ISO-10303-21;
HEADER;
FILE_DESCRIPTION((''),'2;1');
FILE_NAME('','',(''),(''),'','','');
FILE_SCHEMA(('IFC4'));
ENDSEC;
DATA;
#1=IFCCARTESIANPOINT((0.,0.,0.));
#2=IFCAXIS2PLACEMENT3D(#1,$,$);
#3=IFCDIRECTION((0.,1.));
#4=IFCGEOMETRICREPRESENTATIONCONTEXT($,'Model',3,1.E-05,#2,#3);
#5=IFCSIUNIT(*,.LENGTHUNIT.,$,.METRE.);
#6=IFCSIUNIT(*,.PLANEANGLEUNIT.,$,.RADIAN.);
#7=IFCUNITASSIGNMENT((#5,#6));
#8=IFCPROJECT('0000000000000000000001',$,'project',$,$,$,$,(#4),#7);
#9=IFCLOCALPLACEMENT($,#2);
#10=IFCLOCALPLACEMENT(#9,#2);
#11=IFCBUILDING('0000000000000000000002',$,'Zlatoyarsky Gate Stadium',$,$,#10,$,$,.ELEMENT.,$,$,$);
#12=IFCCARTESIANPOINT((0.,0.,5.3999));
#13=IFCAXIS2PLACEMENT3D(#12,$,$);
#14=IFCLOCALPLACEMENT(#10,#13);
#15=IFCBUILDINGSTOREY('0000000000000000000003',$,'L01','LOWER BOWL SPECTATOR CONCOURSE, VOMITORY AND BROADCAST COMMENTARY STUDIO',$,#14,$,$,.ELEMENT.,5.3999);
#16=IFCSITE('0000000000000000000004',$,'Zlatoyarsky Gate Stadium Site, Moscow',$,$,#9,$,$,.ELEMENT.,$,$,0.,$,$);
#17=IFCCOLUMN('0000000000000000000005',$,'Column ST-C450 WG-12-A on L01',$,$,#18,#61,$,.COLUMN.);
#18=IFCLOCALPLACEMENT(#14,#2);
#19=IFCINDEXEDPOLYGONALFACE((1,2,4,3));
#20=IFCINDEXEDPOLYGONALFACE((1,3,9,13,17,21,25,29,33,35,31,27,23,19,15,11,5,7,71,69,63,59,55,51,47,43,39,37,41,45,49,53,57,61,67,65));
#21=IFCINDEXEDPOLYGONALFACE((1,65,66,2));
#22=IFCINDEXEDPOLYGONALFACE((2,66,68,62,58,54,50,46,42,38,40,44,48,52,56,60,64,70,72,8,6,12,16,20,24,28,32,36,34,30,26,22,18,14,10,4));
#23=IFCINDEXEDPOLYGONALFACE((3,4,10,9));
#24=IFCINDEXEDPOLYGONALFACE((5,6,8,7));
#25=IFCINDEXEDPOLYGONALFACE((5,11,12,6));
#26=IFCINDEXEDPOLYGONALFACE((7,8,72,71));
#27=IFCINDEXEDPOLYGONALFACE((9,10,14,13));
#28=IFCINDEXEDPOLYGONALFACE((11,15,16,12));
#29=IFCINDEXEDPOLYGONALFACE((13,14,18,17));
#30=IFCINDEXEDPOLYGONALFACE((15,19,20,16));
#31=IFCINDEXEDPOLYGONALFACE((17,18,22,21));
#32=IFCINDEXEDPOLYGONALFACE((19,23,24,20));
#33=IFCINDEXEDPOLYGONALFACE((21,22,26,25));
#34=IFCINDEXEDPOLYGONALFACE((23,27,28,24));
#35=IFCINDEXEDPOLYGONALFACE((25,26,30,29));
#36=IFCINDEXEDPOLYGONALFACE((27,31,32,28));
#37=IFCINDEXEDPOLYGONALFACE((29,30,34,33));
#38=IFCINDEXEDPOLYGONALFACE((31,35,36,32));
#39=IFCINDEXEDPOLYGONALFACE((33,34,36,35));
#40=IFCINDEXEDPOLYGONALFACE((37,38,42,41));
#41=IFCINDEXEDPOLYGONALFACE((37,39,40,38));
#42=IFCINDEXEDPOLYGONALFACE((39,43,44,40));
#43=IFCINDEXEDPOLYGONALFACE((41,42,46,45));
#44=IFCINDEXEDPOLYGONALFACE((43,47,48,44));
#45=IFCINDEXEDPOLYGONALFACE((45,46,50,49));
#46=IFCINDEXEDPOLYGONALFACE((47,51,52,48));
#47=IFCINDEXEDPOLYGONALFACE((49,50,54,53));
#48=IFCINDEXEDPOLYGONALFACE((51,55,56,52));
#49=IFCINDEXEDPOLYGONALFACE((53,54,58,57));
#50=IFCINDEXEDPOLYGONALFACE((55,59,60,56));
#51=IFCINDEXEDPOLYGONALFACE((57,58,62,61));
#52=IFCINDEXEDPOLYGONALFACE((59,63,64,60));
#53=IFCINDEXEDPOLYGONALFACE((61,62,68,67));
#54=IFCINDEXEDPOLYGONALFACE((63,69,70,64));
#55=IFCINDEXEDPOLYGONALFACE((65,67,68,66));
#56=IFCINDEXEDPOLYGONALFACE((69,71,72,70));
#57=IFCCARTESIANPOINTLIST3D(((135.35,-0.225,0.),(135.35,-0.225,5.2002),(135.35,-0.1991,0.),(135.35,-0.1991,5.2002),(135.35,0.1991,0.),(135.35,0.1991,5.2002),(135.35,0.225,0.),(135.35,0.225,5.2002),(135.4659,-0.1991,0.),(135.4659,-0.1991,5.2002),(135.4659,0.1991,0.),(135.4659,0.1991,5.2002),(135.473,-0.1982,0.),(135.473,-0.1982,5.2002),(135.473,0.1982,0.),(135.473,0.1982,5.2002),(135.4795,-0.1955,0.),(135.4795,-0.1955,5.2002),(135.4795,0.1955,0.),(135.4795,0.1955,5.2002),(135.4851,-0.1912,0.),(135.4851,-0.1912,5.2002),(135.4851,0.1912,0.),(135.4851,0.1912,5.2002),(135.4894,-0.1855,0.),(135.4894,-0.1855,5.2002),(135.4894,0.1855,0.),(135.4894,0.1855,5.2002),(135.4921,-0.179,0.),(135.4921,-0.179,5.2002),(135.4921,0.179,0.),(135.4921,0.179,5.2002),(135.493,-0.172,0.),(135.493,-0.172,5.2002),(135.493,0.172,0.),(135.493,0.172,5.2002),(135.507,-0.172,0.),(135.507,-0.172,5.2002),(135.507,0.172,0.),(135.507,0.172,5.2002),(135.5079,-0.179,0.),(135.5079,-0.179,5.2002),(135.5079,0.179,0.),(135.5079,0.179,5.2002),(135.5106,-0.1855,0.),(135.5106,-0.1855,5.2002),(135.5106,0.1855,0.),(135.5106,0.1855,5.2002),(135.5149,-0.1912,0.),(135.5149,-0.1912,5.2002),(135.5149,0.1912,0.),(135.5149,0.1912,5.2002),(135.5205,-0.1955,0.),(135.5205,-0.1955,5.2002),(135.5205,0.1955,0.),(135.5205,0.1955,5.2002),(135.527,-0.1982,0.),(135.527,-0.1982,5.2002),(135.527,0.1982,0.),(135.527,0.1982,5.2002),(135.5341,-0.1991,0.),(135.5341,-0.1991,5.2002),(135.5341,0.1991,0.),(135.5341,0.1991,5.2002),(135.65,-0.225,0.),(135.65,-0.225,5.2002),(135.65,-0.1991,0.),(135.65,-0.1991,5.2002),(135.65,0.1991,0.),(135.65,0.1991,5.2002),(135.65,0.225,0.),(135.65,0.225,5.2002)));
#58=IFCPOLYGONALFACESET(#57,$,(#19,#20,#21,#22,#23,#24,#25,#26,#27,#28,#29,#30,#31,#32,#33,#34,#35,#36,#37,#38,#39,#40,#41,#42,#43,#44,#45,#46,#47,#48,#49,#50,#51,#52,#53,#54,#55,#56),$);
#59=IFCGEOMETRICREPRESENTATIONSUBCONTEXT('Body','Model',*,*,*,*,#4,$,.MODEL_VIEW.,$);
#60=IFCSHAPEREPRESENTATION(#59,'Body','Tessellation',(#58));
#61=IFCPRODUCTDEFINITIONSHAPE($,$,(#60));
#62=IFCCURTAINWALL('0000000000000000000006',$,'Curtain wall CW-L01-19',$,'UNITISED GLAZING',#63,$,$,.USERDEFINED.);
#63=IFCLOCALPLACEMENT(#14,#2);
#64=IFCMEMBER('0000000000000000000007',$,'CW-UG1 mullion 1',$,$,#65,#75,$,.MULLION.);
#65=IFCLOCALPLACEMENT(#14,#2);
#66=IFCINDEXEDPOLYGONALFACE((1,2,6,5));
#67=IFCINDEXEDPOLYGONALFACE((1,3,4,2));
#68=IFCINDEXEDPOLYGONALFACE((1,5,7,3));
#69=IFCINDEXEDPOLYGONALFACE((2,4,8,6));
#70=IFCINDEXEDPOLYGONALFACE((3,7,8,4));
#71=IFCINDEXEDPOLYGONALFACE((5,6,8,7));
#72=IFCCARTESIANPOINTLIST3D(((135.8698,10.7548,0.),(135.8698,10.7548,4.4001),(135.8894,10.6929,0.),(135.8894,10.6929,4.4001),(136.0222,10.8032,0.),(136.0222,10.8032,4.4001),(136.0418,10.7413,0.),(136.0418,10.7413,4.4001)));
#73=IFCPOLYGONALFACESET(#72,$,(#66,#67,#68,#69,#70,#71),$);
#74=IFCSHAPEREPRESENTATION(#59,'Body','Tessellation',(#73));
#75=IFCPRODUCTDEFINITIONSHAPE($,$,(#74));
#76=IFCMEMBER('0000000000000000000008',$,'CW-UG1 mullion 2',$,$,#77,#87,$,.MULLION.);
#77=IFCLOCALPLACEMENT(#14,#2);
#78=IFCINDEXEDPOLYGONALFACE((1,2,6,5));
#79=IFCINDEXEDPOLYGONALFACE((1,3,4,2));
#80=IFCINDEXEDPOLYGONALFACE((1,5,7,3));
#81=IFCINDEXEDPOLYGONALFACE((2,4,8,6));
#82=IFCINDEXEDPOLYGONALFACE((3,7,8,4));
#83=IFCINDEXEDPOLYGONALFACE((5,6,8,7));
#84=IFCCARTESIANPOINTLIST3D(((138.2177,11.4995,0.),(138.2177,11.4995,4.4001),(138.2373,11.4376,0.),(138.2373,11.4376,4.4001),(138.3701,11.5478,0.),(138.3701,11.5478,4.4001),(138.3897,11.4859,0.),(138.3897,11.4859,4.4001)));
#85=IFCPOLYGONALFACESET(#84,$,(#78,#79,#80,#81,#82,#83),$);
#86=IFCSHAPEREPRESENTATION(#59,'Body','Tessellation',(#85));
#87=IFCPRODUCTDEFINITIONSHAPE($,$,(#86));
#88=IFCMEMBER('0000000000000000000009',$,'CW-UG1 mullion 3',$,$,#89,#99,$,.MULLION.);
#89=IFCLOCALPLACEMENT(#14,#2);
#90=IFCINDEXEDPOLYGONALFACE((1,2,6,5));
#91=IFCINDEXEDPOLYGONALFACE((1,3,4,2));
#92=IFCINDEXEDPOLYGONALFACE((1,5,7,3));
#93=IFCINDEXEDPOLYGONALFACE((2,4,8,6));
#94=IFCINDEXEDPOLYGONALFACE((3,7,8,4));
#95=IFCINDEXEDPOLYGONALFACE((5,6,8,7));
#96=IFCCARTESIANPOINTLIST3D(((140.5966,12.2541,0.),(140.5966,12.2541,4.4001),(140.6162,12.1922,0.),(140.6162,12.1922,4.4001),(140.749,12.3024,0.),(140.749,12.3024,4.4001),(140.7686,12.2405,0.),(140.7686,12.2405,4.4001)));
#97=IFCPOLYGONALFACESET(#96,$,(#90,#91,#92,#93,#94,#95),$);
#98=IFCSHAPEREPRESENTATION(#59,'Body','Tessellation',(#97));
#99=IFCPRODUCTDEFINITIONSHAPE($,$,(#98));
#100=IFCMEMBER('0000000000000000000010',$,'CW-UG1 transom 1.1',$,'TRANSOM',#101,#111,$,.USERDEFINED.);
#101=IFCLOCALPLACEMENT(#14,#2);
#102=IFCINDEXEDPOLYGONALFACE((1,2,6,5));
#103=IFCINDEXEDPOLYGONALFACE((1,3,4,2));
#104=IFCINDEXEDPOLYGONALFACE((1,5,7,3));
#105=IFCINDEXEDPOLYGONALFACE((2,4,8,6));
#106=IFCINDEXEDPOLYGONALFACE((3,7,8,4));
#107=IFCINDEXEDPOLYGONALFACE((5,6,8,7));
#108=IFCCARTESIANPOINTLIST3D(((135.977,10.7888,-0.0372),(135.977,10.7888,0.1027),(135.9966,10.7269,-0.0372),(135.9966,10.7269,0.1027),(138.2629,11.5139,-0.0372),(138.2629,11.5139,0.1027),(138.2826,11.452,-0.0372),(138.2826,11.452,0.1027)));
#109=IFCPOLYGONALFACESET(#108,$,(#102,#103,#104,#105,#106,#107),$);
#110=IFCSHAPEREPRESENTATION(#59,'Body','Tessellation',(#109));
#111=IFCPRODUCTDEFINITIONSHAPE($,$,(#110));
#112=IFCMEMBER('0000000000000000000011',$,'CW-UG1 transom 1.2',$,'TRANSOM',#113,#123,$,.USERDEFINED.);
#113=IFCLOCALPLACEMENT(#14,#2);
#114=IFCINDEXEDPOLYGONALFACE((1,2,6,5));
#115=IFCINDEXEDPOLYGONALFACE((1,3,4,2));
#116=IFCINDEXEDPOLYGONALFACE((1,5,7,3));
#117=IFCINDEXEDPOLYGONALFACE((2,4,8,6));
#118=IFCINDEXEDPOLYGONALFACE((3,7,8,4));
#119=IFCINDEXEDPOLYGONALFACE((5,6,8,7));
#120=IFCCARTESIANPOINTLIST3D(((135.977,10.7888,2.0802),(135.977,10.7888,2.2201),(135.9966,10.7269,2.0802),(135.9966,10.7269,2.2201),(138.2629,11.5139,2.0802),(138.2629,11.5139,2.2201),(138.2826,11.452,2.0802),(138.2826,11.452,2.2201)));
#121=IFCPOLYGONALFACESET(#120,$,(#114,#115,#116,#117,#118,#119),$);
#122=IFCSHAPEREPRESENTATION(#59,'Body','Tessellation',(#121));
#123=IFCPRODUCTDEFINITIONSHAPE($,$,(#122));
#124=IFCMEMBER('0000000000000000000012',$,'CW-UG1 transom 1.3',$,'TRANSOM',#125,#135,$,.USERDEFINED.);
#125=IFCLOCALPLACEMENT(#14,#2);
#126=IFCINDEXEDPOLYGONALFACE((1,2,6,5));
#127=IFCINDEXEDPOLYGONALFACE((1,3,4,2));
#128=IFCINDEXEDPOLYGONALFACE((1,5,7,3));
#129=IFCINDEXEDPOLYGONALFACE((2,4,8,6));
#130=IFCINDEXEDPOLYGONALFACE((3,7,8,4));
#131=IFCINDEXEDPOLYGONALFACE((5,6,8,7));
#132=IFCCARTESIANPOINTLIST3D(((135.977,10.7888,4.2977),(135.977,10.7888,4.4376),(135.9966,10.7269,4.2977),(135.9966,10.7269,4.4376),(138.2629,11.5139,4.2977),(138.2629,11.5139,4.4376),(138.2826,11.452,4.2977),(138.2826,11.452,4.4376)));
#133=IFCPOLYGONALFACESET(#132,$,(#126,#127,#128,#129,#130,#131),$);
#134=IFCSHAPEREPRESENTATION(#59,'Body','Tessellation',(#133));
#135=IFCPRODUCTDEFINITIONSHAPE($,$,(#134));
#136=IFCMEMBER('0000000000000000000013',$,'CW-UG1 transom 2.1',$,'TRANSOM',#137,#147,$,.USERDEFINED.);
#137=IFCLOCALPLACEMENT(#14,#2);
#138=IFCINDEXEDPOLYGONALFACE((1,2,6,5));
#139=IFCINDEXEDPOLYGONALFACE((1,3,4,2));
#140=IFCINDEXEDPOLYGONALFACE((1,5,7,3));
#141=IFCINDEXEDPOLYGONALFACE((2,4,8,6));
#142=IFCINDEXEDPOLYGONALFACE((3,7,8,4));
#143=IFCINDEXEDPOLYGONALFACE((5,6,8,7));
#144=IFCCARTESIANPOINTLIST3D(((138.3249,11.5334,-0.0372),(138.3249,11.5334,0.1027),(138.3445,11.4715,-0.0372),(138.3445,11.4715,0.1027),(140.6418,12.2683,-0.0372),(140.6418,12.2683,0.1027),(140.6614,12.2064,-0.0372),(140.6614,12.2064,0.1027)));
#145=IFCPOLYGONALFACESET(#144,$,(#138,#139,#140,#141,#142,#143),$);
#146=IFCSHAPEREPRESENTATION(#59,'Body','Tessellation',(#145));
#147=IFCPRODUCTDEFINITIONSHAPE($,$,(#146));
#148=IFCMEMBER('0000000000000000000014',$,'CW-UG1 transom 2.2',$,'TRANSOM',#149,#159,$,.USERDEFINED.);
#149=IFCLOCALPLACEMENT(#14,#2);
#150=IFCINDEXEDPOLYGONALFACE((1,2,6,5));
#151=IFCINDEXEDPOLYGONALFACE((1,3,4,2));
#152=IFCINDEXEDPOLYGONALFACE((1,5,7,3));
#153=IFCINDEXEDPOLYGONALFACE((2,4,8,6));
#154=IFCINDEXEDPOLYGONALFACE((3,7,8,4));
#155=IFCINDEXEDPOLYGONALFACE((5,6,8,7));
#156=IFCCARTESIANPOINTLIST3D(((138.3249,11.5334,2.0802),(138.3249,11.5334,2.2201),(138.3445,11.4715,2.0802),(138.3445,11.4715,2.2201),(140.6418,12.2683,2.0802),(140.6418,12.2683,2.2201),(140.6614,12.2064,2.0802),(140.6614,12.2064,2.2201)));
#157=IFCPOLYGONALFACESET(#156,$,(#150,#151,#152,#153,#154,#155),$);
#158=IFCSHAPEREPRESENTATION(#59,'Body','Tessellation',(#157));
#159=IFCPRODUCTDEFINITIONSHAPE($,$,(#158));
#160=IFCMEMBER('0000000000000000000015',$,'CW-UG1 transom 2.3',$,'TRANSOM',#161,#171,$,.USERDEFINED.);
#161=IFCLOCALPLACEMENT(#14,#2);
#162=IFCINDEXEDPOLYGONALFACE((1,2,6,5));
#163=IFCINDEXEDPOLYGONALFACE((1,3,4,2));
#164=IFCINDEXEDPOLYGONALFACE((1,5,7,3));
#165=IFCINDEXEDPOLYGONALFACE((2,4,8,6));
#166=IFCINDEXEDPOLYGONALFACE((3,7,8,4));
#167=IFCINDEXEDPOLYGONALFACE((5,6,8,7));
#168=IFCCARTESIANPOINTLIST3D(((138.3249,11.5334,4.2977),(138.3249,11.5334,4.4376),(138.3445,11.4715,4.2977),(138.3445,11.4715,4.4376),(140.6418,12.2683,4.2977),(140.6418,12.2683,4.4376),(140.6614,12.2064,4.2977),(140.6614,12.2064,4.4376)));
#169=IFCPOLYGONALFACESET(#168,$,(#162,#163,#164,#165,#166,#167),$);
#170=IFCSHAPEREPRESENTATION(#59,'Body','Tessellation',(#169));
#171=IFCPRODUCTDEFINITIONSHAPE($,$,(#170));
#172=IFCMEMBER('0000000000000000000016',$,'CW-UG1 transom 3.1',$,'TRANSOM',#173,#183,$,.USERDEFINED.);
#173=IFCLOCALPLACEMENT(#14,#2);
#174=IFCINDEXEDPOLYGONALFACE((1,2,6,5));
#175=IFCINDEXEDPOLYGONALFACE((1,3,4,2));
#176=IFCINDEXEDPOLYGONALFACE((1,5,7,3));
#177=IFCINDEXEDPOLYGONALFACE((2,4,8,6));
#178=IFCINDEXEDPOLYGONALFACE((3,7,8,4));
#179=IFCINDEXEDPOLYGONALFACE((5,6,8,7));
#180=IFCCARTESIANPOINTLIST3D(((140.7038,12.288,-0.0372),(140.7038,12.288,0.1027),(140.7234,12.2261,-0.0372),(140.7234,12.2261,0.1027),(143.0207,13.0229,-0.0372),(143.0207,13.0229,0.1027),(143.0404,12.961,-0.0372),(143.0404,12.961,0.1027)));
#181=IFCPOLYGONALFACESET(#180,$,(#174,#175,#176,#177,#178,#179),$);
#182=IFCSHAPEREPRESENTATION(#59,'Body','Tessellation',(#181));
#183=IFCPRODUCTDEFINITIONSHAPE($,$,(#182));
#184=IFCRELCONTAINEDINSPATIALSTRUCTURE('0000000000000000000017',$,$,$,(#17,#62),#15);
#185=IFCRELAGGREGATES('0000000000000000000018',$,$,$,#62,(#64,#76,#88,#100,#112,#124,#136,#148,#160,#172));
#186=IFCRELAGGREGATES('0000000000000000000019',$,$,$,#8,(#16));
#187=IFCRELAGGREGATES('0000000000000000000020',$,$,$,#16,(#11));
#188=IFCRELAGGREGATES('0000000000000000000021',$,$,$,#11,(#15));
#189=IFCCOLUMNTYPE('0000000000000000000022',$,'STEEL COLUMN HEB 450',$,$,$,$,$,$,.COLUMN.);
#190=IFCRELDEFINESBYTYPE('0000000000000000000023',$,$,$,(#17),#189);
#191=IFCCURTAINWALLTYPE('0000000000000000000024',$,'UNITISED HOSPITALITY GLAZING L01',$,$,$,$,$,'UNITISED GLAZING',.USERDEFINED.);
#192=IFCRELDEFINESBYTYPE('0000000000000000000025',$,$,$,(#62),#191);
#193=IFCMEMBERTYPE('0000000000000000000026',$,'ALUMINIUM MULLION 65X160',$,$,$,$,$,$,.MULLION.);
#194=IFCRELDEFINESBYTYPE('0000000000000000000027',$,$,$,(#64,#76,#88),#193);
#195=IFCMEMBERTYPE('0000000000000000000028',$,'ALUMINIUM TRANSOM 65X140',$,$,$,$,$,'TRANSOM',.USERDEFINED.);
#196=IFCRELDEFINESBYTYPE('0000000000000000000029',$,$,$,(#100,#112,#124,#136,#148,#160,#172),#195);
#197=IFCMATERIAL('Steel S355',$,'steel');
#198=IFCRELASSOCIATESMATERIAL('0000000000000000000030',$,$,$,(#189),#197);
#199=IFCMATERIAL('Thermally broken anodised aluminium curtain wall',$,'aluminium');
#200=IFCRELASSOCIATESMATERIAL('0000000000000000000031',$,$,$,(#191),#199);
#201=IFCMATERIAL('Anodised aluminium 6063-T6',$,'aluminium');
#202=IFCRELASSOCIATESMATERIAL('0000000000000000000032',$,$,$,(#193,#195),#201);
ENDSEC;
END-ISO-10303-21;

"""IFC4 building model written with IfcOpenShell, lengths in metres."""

from ifc_helpers import new_model, si_unit, direction, frame, origin, origin_2d, place, context, subcontext, project, spatial, rectangle, i_section, extrude, material, material_profile, profile_set, type_object, element, aggregate, save


model = new_model("IFC4")

# Units and contexts
model_context = context("Model", 3, precision=1e-05, world=origin(), true_north=direction((0.0, 1.0)))
body_context = subcontext(model_context, "Body", "Model", "MODEL_VIEW")
ifc_project = project(units=[si_unit("LENGTHUNIT", "METRE"), si_unit("PLANEANGLEUNIT", "RADIAN")], contexts=[model_context])

# Site, building, storey
site_placement = place(None, origin())
site = spatial("IfcSite", under=ifc_project, at=site_placement, Name="Zlatoyarsky Gate Stadium Site, Moscow", CompositionType="ELEMENT", RefElevation=0.0)
building_placement = place(site_placement, origin())
building = spatial("IfcBuilding", under=site, at=building_placement, Name="Zlatoyarsky Gate Stadium", CompositionType="ELEMENT")
storey_placement = place(building_placement, frame((0.0, 0.0, 5.3999)))
storey = spatial("IfcBuildingStorey", under=building, at=storey_placement, Name="L01", Description="LOWER BOWL SPECTATOR CONCOURSE, VOMITORY AND BROADCAST COMMENTARY STUDIO", CompositionType="ELEMENT", Elevation=5.3999)

# Column
ifc_material_1 = material(Name="Steel S355", Category="steel")
ifc_material_profile_1 = material_profile(ifc_material_1, i_section(OverallWidth=0.3, OverallDepth=0.45, WebThickness=0.0139, FlangeThickness=0.0259, FilletRadius=0.0271, at=origin_2d()), Name="HEB 450")
ifc_profile_set_1 = profile_set([ifc_material_profile_1], Name="Steel S355")
column_type = type_object("IfcColumnType", Name="STEEL COLUMN HEB 450", PredefinedType="COLUMN", material=ifc_profile_set_1)
column_placement = place(storey_placement, frame((135.5, 0.0, 0.0), z_axis=(0.0, 0.0, 1.0), x_axis=(1.0, 0.0, 0.0)))
element("IfcColumn", 1, at=column_placement, inside=storey, type_object=column_type, Name="Column ST-C450 WG-12-A on L01", PredefinedType="COLUMN", context=body_context, shape_type="SweptSolid", body=[
    extrude(i_section(OverallWidth=0.3, OverallDepth=0.45, WebThickness=0.0139, FlangeThickness=0.0259, FilletRadius=0.0271, at=origin_2d()), origin(), (0.0, 0.0, 1.0), 5.2002),
])

# Curtain wall, members
ifc_material_2 = material(Name="Thermally broken anodised aluminium curtain wall", Category="aluminium")
curtain_wall_type = type_object("IfcCurtainWallType", Name="UNITISED HOSPITALITY GLAZING L01", ElementType="UNITISED GLAZING", PredefinedType="USERDEFINED", material=ifc_material_2)
curtain_wall_placement = place(storey_placement, origin())
curtain_wall = element("IfcCurtainWall", 2, at=curtain_wall_placement, inside=storey, type_object=curtain_wall_type, Name="Curtain wall CW-L01-19", ObjectType="UNITISED GLAZING", PredefinedType="USERDEFINED")
ifc_material_3 = material(Name="Anodised aluminium 6063-T6", Category="aluminium")
ifc_material_profile_2 = material_profile(ifc_material_3, rectangle(XDim=0.0649, YDim=0.1599, at=origin_2d()), Name="ALU 65X160")
ifc_profile_set_2 = profile_set([ifc_material_profile_2], Name="Anodised aluminium 6063-T6")
member_type_1 = type_object("IfcMemberType", Name="ALUMINIUM MULLION 65X160", PredefinedType="MULLION", material=ifc_profile_set_2)
member_1_placement = place(storey_placement, frame((135.9558, 10.748, 0.0), z_axis=(0.0, 0.0, 1.0), x_axis=(-0.302334, 0.953202, 0.0)))
member_1 = element("IfcMember", 3, at=member_1_placement, type_object=member_type_1, Name="CW-UG1 mullion 1", PredefinedType="MULLION", context=body_context, shape_type="SweptSolid", body=[
    extrude(rectangle(XDim=0.0649, YDim=0.1599, at=origin_2d()), origin(), (0.0, 0.0, 1.0), 4.4001),
])
member_2_placement = place(storey_placement, frame((138.3037, 11.4927, 0.0), z_axis=(0.0, 0.0, 1.0), x_axis=(-0.302334, 0.953202, 0.0)))
member_2 = element("IfcMember", 4, at=member_2_placement, type_object=member_type_1, Name="CW-UG1 mullion 2", PredefinedType="MULLION", context=body_context, shape_type="SweptSolid", body=[
    extrude(rectangle(XDim=0.0649, YDim=0.1599, at=origin_2d()), origin(), (0.0, 0.0, 1.0), 4.4001),
])
member_3_placement = place(storey_placement, frame((140.6826, 12.2473, 0.0), z_axis=(0.0, 0.0, 1.0), x_axis=(-0.302334, 0.953202, 0.0)))
member_3 = element("IfcMember", 5, at=member_3_placement, type_object=member_type_1, Name="CW-UG1 mullion 3", PredefinedType="MULLION", context=body_context, shape_type="SweptSolid", body=[
    extrude(rectangle(XDim=0.0649, YDim=0.1599, at=origin_2d()), origin(), (0.0, 0.0, 1.0), 4.4001),
])
ifc_material_profile_3 = material_profile(ifc_material_3, rectangle(XDim=0.0649, YDim=0.1399, at=origin_2d()), Name="ALU 65X140")
ifc_profile_set_3 = profile_set([ifc_material_profile_3], Name="Anodised aluminium 6063-T6")
member_type_2 = type_object("IfcMemberType", Name="ALUMINIUM TRANSOM 65X140", ElementType="TRANSOM", PredefinedType="USERDEFINED", material=ifc_profile_set_3)
member_4_placement = place(storey_placement, frame((135.9868, 10.7578, 0.0327), z_axis=(0.953194, 0.302359, 0.0), x_axis=(-0.302359, 0.953194, 0.0)))
member_4 = element("IfcMember", 6, at=member_4_placement, type_object=member_type_2, Name="CW-UG1 transom 1.1", ObjectType="TRANSOM", PredefinedType="USERDEFINED", context=body_context, shape_type="SweptSolid", body=[
    extrude(rectangle(XDim=0.0649, YDim=0.1399, at=origin_2d()), origin(), (0.0, 0.0, 1.0), 2.3982),
])
member_5_placement = place(storey_placement, frame((135.9868, 10.7578, 2.1501), z_axis=(0.953194, 0.302359, 0.0), x_axis=(-0.302359, 0.953194, 0.0)))
member_5 = element("IfcMember", 7, at=member_5_placement, type_object=member_type_2, Name="CW-UG1 transom 1.2", ObjectType="TRANSOM", PredefinedType="USERDEFINED", context=body_context, shape_type="SweptSolid", body=[
    extrude(rectangle(XDim=0.0649, YDim=0.1399, at=origin_2d()), origin(), (0.0, 0.0, 1.0), 2.3982),
])
member_6_placement = place(storey_placement, frame((135.9868, 10.7578, 4.3677), z_axis=(0.953194, 0.302359, 0.0), x_axis=(-0.302359, 0.953194, 0.0)))
member_6 = element("IfcMember", 8, at=member_6_placement, type_object=member_type_2, Name="CW-UG1 transom 1.3", ObjectType="TRANSOM", PredefinedType="USERDEFINED", context=body_context, shape_type="SweptSolid", body=[
    extrude(rectangle(XDim=0.0649, YDim=0.1399, at=origin_2d()), origin(), (0.0, 0.0, 1.0), 2.3982),
])
member_7_placement = place(storey_placement, frame((138.3347, 11.5024, 0.0327), z_axis=(0.953202, 0.302333, 0.0), x_axis=(-0.302333, 0.953202, 0.0)))
member_7 = element("IfcMember", 9, at=member_7_placement, type_object=member_type_2, Name="CW-UG1 transom 2.1", ObjectType="TRANSOM", PredefinedType="USERDEFINED", context=body_context, shape_type="SweptSolid", body=[
    extrude(rectangle(XDim=0.0649, YDim=0.1399, at=origin_2d()), origin(), (0.0, 0.0, 1.0), 2.4307),
])
member_8_placement = place(storey_placement, frame((138.3347, 11.5024, 2.1501), z_axis=(0.953202, 0.302333, 0.0), x_axis=(-0.302333, 0.953202, 0.0)))
member_8 = element("IfcMember", 10, at=member_8_placement, type_object=member_type_2, Name="CW-UG1 transom 2.2", ObjectType="TRANSOM", PredefinedType="USERDEFINED", context=body_context, shape_type="SweptSolid", body=[
    extrude(rectangle(XDim=0.0649, YDim=0.1399, at=origin_2d()), origin(), (0.0, 0.0, 1.0), 2.4307),
])
member_9_placement = place(storey_placement, frame((138.3347, 11.5024, 4.3677), z_axis=(0.953202, 0.302333, 0.0), x_axis=(-0.302333, 0.953202, 0.0)))
member_9 = element("IfcMember", 11, at=member_9_placement, type_object=member_type_2, Name="CW-UG1 transom 2.3", ObjectType="TRANSOM", PredefinedType="USERDEFINED", context=body_context, shape_type="SweptSolid", body=[
    extrude(rectangle(XDim=0.0649, YDim=0.1399, at=origin_2d()), origin(), (0.0, 0.0, 1.0), 2.4307),
])
member_10_placement = place(storey_placement, frame((140.7136, 12.2571, 0.0327), z_axis=(0.953202, 0.302333, 0.0), x_axis=(-0.302333, 0.953202, 0.0)))
member_10 = element("IfcMember", 12, at=member_10_placement, type_object=member_type_2, Name="CW-UG1 transom 3.1", ObjectType="TRANSOM", PredefinedType="USERDEFINED", context=body_context, shape_type="SweptSolid", body=[
    extrude(rectangle(XDim=0.0649, YDim=0.1399, at=origin_2d()), origin(), (0.0, 0.0, 1.0), 2.4307),
])

aggregate(curtain_wall, [member_1, member_2, member_3, member_4, member_5, member_6, member_7, member_8, member_9, member_10])

save(model, "model.ifc")
